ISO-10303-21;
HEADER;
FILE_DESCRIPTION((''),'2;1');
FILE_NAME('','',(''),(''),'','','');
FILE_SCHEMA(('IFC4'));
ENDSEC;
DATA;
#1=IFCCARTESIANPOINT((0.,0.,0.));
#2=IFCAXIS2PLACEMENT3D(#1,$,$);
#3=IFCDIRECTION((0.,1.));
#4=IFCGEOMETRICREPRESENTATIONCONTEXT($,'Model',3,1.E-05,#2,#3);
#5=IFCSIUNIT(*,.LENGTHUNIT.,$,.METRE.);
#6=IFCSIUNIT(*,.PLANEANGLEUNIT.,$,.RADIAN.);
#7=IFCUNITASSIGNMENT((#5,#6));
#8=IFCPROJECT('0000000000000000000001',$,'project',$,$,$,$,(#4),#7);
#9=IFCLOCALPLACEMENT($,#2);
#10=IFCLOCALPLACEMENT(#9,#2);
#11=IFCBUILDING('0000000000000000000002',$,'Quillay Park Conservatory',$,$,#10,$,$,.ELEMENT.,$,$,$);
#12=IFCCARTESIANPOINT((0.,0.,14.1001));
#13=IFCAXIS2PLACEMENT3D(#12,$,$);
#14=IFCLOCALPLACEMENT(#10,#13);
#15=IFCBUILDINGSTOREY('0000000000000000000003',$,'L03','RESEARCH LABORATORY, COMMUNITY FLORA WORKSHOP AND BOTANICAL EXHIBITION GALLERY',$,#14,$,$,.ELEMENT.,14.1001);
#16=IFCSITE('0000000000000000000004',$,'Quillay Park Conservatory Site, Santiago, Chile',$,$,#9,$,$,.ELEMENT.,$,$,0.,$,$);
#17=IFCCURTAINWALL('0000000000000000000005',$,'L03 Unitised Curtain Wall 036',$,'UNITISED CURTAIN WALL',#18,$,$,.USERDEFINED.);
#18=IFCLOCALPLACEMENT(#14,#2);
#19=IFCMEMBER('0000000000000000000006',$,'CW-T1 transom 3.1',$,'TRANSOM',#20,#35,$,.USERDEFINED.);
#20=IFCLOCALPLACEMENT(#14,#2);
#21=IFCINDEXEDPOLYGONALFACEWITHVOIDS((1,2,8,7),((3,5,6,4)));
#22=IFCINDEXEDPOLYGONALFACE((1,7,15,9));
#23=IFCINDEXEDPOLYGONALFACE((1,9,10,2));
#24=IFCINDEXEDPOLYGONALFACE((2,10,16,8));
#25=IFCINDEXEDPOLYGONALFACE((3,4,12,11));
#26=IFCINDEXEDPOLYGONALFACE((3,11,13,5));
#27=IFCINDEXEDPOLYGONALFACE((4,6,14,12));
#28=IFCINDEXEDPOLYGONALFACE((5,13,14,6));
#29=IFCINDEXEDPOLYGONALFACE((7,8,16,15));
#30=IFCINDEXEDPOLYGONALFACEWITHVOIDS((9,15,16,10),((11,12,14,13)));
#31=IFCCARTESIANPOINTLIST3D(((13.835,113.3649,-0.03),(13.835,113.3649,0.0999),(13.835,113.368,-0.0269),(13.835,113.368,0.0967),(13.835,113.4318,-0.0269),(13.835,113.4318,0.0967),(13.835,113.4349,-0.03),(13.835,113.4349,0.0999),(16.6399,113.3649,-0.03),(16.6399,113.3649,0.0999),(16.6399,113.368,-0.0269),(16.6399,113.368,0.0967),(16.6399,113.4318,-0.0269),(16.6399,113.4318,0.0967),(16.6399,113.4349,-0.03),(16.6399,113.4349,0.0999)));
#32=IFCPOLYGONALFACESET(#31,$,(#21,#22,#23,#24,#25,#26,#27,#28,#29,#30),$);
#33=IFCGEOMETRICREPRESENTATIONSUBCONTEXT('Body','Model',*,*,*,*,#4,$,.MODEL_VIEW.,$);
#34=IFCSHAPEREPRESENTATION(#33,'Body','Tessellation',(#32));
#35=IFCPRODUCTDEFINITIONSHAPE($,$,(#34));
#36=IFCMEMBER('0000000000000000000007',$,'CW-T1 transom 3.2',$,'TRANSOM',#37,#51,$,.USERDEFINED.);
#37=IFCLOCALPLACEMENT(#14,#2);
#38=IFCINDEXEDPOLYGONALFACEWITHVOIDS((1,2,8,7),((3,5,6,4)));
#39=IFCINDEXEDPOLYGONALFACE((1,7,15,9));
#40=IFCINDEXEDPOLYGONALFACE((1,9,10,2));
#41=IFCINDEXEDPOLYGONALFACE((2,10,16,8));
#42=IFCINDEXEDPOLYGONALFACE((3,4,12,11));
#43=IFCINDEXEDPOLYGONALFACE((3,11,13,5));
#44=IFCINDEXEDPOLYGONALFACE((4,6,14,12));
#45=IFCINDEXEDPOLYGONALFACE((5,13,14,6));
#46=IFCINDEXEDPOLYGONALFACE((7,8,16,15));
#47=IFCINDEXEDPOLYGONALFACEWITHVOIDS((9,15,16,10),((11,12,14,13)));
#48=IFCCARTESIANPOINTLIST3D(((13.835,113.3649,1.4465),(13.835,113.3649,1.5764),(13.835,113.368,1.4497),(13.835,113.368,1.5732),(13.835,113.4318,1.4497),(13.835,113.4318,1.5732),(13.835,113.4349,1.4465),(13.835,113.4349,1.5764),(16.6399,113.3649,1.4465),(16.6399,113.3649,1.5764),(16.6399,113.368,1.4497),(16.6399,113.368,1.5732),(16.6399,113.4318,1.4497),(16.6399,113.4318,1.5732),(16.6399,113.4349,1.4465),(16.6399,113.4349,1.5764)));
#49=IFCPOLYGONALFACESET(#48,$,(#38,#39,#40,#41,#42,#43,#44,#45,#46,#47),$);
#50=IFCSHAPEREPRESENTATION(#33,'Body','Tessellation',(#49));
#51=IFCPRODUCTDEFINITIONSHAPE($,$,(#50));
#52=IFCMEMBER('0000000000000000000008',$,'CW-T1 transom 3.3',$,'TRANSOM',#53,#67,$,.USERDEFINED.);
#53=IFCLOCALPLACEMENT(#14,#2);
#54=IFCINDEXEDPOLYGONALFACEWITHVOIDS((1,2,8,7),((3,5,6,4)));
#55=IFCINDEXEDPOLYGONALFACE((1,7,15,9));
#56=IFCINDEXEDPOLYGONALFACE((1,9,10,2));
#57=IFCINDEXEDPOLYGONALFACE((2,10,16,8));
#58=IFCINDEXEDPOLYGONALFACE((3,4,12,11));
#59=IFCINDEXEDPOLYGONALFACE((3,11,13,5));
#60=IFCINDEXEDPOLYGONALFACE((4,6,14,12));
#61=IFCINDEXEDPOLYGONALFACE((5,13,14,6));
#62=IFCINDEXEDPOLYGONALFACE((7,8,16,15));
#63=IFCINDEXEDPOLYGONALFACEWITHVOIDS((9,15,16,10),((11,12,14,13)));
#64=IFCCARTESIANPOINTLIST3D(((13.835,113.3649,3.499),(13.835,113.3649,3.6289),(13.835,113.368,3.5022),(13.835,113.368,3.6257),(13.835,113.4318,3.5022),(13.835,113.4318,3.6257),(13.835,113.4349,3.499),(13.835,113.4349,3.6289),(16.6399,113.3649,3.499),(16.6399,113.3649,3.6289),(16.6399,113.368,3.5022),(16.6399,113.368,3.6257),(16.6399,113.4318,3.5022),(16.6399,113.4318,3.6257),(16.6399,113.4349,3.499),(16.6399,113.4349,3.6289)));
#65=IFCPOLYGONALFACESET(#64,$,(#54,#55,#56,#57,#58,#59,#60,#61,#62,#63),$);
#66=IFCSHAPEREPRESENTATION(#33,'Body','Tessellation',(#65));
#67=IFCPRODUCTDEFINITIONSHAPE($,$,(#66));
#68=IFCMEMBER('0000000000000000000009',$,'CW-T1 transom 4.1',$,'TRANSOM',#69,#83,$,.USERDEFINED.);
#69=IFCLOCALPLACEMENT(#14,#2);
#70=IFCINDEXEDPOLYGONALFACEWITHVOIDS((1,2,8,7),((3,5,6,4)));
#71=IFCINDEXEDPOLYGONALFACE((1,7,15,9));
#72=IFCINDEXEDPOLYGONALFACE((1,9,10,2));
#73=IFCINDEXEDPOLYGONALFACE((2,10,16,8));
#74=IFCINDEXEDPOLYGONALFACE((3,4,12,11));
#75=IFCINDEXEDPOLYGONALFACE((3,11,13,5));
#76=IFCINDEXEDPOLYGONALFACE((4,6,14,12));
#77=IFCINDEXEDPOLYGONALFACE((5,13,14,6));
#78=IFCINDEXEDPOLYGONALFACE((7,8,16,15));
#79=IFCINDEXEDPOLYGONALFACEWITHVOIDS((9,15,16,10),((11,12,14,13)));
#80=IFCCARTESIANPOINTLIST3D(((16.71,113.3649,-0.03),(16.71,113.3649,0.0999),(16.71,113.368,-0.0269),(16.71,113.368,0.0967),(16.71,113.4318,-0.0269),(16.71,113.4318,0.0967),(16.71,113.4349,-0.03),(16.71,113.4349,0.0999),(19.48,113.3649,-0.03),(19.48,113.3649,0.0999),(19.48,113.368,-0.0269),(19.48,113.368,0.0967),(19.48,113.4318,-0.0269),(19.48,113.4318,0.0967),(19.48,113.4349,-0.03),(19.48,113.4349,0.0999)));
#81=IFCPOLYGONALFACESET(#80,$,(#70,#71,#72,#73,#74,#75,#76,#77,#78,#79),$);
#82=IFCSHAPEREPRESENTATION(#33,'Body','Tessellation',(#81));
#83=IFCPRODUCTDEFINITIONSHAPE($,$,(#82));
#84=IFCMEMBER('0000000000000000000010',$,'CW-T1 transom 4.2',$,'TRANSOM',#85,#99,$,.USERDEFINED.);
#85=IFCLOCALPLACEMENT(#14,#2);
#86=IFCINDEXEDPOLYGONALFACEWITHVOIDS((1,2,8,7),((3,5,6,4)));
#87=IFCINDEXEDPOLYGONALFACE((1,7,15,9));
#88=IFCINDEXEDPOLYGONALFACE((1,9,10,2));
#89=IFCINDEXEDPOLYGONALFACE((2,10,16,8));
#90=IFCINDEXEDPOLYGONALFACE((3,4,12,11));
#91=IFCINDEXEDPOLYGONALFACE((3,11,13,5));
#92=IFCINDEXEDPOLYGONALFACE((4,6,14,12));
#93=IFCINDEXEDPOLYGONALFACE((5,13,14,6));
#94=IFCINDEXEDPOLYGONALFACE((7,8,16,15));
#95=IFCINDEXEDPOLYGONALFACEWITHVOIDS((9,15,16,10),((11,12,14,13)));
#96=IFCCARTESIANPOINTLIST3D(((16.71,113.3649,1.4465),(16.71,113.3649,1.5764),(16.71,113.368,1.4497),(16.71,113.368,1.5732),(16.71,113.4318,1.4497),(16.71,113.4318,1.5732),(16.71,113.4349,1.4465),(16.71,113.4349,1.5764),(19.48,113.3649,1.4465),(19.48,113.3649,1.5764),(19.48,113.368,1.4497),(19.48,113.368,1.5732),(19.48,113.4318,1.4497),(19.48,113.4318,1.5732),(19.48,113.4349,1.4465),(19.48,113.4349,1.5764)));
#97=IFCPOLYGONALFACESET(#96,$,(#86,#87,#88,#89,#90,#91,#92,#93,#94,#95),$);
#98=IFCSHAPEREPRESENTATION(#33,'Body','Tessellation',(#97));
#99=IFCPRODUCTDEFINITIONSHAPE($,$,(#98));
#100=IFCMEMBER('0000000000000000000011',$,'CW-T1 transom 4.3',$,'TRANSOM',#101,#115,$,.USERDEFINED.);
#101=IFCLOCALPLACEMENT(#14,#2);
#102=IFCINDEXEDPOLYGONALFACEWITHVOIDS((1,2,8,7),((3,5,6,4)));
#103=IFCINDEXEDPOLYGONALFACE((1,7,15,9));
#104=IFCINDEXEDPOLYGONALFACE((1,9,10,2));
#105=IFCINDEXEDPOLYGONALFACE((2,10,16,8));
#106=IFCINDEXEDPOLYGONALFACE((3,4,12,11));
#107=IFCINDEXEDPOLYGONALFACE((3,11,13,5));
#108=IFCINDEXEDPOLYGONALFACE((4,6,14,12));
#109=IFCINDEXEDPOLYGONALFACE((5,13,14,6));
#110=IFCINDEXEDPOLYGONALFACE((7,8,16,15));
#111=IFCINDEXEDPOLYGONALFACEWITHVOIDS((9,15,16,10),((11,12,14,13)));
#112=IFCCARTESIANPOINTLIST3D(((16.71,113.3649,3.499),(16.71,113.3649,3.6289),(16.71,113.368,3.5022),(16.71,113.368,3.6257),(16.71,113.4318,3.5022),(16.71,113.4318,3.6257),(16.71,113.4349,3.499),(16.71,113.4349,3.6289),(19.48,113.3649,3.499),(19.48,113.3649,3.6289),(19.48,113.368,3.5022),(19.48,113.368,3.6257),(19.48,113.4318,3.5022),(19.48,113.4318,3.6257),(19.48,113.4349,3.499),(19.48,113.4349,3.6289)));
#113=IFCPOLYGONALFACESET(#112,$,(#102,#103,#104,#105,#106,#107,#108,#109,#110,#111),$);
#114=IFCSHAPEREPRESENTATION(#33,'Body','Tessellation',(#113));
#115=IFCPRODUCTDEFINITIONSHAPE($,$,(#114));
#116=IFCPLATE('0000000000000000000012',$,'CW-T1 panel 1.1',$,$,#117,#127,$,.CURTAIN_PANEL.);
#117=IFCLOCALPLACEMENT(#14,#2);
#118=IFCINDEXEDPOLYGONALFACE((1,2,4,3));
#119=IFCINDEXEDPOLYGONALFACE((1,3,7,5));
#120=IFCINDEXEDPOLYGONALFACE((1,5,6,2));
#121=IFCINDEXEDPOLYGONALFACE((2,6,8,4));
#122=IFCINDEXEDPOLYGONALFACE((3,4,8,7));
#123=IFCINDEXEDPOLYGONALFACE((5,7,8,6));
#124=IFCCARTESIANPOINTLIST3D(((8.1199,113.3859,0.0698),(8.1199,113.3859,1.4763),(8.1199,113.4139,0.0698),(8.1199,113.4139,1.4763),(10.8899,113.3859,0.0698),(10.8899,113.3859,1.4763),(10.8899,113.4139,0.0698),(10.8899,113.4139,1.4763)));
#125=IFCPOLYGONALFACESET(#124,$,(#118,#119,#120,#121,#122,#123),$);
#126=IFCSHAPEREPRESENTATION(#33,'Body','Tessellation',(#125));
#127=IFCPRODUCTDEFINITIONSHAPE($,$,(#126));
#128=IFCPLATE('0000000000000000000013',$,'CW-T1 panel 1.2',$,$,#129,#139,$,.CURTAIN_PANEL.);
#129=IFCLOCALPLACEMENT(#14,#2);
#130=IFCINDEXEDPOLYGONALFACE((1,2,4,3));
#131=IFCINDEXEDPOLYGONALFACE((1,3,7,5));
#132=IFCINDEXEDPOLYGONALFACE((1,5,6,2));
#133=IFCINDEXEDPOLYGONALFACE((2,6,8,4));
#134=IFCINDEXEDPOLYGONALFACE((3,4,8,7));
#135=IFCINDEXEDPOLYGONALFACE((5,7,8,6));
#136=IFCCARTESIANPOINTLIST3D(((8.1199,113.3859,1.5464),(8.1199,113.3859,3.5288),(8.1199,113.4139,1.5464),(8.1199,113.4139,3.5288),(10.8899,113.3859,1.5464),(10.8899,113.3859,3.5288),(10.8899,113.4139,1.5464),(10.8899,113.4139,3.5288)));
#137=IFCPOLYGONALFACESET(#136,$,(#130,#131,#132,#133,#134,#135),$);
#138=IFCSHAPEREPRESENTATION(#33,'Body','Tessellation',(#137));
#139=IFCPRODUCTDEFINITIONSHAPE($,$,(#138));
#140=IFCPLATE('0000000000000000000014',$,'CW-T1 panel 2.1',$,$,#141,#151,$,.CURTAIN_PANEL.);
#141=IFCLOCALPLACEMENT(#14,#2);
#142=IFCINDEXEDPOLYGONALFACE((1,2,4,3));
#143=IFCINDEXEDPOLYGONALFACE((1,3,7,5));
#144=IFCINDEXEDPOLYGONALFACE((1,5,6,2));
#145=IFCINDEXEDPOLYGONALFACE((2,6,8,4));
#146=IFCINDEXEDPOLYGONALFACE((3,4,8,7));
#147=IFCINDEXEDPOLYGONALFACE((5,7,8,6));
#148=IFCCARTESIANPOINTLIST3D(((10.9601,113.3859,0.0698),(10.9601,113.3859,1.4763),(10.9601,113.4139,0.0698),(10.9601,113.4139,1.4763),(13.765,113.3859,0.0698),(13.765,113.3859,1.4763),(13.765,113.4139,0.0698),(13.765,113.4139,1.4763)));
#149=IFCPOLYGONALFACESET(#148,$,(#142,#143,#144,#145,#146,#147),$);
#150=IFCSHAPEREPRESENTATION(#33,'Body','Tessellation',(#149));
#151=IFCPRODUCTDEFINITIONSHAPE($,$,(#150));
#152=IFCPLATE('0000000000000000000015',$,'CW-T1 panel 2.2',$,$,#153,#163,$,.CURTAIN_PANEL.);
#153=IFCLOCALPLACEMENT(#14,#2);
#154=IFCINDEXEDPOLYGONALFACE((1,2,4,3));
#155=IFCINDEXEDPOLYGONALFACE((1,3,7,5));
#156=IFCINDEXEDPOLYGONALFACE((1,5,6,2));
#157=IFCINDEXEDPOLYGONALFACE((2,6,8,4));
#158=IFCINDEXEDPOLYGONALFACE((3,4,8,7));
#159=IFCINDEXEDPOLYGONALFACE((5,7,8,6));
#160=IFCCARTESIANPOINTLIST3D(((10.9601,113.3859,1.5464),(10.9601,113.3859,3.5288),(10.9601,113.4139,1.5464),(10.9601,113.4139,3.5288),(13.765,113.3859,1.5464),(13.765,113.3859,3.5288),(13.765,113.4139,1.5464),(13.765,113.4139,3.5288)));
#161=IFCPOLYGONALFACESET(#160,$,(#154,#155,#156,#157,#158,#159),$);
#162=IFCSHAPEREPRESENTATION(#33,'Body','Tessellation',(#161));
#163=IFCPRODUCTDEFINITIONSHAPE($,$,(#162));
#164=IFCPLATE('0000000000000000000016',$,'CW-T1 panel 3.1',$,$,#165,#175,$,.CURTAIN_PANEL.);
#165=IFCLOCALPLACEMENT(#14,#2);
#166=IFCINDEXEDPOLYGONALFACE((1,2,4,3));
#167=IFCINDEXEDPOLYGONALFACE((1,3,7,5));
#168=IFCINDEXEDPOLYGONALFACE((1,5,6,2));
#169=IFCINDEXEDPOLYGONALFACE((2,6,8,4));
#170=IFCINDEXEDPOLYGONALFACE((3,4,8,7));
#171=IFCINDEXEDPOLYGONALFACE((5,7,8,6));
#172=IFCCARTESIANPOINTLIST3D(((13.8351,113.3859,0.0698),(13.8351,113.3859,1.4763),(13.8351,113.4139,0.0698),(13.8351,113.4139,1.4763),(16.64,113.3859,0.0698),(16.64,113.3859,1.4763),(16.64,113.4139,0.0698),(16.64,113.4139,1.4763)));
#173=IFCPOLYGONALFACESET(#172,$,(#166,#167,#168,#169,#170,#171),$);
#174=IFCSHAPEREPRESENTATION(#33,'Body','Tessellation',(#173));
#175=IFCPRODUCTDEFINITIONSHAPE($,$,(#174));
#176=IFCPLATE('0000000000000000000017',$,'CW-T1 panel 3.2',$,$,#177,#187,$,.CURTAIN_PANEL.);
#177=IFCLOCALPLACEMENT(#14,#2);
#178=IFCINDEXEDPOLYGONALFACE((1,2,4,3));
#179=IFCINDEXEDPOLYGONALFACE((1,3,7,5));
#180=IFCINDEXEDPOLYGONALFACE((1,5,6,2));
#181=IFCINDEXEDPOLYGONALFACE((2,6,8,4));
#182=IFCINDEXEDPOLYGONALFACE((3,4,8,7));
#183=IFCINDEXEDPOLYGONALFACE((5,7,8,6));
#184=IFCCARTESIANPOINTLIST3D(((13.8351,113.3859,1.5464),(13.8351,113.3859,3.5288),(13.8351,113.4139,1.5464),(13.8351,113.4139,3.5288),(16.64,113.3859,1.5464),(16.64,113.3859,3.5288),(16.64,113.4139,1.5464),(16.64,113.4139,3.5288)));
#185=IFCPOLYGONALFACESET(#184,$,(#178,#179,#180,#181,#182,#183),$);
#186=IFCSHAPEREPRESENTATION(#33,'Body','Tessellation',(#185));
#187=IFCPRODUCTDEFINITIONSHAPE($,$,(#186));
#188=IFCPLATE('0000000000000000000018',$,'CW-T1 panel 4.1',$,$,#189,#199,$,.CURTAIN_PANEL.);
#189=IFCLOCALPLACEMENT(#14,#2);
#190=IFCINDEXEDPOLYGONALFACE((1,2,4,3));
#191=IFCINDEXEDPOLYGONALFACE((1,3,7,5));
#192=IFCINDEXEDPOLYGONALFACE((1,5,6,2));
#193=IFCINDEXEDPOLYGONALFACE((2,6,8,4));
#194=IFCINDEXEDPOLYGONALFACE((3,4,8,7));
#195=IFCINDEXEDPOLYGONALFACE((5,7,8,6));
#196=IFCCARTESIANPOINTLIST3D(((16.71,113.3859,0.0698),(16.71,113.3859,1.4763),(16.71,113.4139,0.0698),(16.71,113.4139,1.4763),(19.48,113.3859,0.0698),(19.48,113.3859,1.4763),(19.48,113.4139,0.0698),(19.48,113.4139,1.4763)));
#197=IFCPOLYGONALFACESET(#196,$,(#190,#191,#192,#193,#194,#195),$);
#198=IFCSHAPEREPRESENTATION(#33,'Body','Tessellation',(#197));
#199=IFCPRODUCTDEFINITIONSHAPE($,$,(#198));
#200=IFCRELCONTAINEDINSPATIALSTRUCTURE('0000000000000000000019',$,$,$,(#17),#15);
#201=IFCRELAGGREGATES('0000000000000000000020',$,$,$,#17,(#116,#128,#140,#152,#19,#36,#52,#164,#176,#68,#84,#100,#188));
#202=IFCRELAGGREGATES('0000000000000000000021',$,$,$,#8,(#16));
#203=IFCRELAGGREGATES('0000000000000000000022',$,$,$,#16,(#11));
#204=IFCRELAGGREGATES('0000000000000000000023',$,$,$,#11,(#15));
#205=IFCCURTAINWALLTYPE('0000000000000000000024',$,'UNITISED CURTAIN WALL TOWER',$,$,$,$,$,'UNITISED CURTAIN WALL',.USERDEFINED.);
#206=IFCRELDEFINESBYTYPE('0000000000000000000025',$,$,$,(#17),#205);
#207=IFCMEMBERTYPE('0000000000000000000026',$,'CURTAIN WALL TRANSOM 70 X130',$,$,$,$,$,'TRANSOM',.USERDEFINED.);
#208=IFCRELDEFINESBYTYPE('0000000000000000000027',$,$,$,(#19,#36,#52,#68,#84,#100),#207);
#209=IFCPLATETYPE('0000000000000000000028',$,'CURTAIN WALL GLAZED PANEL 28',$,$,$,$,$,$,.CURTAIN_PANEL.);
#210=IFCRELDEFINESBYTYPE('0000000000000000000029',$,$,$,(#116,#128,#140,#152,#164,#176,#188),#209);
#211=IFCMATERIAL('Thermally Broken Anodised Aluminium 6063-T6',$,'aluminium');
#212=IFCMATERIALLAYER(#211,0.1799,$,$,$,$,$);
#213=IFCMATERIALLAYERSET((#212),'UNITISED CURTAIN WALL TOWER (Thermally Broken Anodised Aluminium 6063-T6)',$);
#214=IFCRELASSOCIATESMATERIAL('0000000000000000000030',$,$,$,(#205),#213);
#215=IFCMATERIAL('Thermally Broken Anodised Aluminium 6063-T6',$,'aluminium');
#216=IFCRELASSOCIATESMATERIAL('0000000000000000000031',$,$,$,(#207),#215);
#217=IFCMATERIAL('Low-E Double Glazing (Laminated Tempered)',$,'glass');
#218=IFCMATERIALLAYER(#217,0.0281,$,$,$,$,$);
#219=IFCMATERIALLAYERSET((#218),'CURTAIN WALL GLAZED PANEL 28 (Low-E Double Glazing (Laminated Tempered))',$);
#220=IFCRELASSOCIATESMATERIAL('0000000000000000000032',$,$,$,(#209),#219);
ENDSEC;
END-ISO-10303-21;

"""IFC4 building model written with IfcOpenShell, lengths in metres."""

from ifc_helpers import new_model, si_unit, direction, frame, origin, origin_2d, place, context, subcontext, project, spatial, rectangle, hollow_rectangle, extrude, material, layer, layer_set, material_profile, profile_set, type_object, element, aggregate, save


model = new_model("IFC4")

# Units and contexts
model_context = context("Model", 3, precision=1e-05, world=origin(), true_north=direction((0.0, 1.0)))
body_context = subcontext(model_context, "Body", "Model", "MODEL_VIEW")
ifc_project = project(units=[si_unit("LENGTHUNIT", "METRE"), si_unit("PLANEANGLEUNIT", "RADIAN")], contexts=[model_context])

# Site, building, storey
site_placement = place(None, origin())
site = spatial("IfcSite", under=ifc_project, at=site_placement, Name="Quillay Park Conservatory Site, Santiago, Chile", CompositionType="ELEMENT", RefElevation=0.0)
building_placement = place(site_placement, origin())
building = spatial("IfcBuilding", under=site, at=building_placement, Name="Quillay Park Conservatory", CompositionType="ELEMENT")
storey_placement = place(building_placement, frame((0.0, 0.0, 14.1001)))
storey = spatial("IfcBuildingStorey", under=building, at=storey_placement, Name="L03", Description="RESEARCH LABORATORY, COMMUNITY FLORA WORKSHOP AND BOTANICAL EXHIBITION GALLERY", CompositionType="ELEMENT", Elevation=14.1001)

# Curtain wall, members, plates
ifc_material_1 = material(Name="Thermally Broken Anodised Aluminium 6063-T6", Category="aluminium")
ifc_layer_1 = layer(ifc_material_1, 0.1799)
ifc_layer_set_1 = layer_set([ifc_layer_1], Name="UNITISED CURTAIN WALL TOWER (Thermally Broken Anodised Aluminium 6063-T6)")
curtain_wall_type = type_object("IfcCurtainWallType", Name="UNITISED CURTAIN WALL TOWER", ElementType="UNITISED CURTAIN WALL", PredefinedType="USERDEFINED", material=ifc_layer_set_1)
curtain_wall_placement = place(storey_placement, origin())
curtain_wall = element("IfcCurtainWall", 1, at=curtain_wall_placement, inside=storey, type_object=curtain_wall_type, Name="L03 Unitised Curtain Wall 036", ObjectType="UNITISED CURTAIN WALL", PredefinedType="USERDEFINED")
ifc_material_2 = material(Name="Thermally Broken Anodised Aluminium 6063-T6", Category="aluminium")
ifc_material_profile_1 = material_profile(ifc_material_2, hollow_rectangle(XDim=0.0701, YDim=0.1299, WallThickness=0.0032, at=origin_2d()), Name="AL70x130x3.2")
ifc_profile_set_1 = profile_set([ifc_material_profile_1], Name="Thermally Broken Anodised Aluminium 6063-T6")
member_type_1 = type_object("IfcMemberType", Name="CURTAIN WALL TRANSOM 70 X130", ElementType="TRANSOM", PredefinedType="USERDEFINED", material=ifc_profile_set_1)
member_1_placement = place(storey_placement, frame((13.835, 113.3999, 0.0349), z_axis=(1.0, 0.0, 0.0), x_axis=(0.0, 1.0, 0.0)))
member_1 = element("IfcMember", 2, at=member_1_placement, type_object=member_type_1, Name="CW-T1 transom 3.1", ObjectType="TRANSOM", PredefinedType="USERDEFINED", context=body_context, shape_type="SweptSolid", body=[
    extrude(hollow_rectangle(XDim=0.0701, YDim=0.1299, WallThickness=0.0032, at=origin_2d()), origin(), (0.0, 0.0, 1.0), 2.8049),
])
member_2_placement = place(storey_placement, frame((13.835, 113.3999, 1.5115), z_axis=(1.0, 0.0, 0.0), x_axis=(0.0, 1.0, 0.0)))
member_2 = element("IfcMember", 3, at=member_2_placement, type_object=member_type_1, Name="CW-T1 transom 3.2", ObjectType="TRANSOM", PredefinedType="USERDEFINED", context=body_context, shape_type="SweptSolid", body=[
    extrude(hollow_rectangle(XDim=0.0701, YDim=0.1299, WallThickness=0.0032, at=origin_2d()), origin(), (0.0, 0.0, 1.0), 2.8049),
])
member_3_placement = place(storey_placement, frame((13.835, 113.3999, 3.564), z_axis=(1.0, 0.0, 0.0), x_axis=(0.0, 1.0, 0.0)))
member_3 = element("IfcMember", 4, at=member_3_placement, type_object=member_type_1, Name="CW-T1 transom 3.3", ObjectType="TRANSOM", PredefinedType="USERDEFINED", context=body_context, shape_type="SweptSolid", body=[
    extrude(hollow_rectangle(XDim=0.0701, YDim=0.1299, WallThickness=0.0032, at=origin_2d()), origin(), (0.0, 0.0, 1.0), 2.8049),
])
member_4_placement = place(storey_placement, frame((16.71, 113.3999, 0.0349), z_axis=(1.0, 0.0, 0.0), x_axis=(0.0, 1.0, 0.0)))
member_4 = element("IfcMember", 5, at=member_4_placement, type_object=member_type_1, Name="CW-T1 transom 4.1", ObjectType="TRANSOM", PredefinedType="USERDEFINED", context=body_context, shape_type="SweptSolid", body=[
    extrude(hollow_rectangle(XDim=0.0701, YDim=0.1299, WallThickness=0.0032, at=origin_2d()), origin(), (0.0, 0.0, 1.0), 2.77),
])
member_5_placement = place(storey_placement, frame((16.71, 113.3999, 1.5115), z_axis=(1.0, 0.0, 0.0), x_axis=(0.0, 1.0, 0.0)))
member_5 = element("IfcMember", 6, at=member_5_placement, type_object=member_type_1, Name="CW-T1 transom 4.2", ObjectType="TRANSOM", PredefinedType="USERDEFINED", context=body_context, shape_type="SweptSolid", body=[
    extrude(hollow_rectangle(XDim=0.0701, YDim=0.1299, WallThickness=0.0032, at=origin_2d()), origin(), (0.0, 0.0, 1.0), 2.77),
])
member_6_placement = place(storey_placement, frame((16.71, 113.3999, 3.564), z_axis=(1.0, 0.0, 0.0), x_axis=(0.0, 1.0, 0.0)))
member_6 = element("IfcMember", 7, at=member_6_placement, type_object=member_type_1, Name="CW-T1 transom 4.3", ObjectType="TRANSOM", PredefinedType="USERDEFINED", context=body_context, shape_type="SweptSolid", body=[
    extrude(hollow_rectangle(XDim=0.0701, YDim=0.1299, WallThickness=0.0032, at=origin_2d()), origin(), (0.0, 0.0, 1.0), 2.77),
])
ifc_material_3 = material(Name="Low-E Double Glazing (Laminated Tempered)", Category="glass")
ifc_layer_2 = layer(ifc_material_3, 0.0281)
ifc_layer_set_2 = layer_set([ifc_layer_2], Name="CURTAIN WALL GLAZED PANEL 28 (Low-E Double Glazing (Laminated Tempered))")
plate_type = type_object("IfcPlateType", Name="CURTAIN WALL GLAZED PANEL 28", PredefinedType="CURTAIN_PANEL", material=ifc_layer_set_2)
plate_1_placement = place(storey_placement, frame((9.5049, 113.3999, 0.0698), z_axis=(0.0, 0.0, 1.0), x_axis=(1.0, 0.0, 0.0)))
plate_1 = element("IfcPlate", 8, at=plate_1_placement, type_object=plate_type, Name="CW-T1 panel 1.1", PredefinedType="CURTAIN_PANEL", context=body_context, shape_type="SweptSolid", body=[
    extrude(rectangle(XDim=2.77, YDim=0.0281, at=origin_2d()), origin(), (0.0, 0.0, 1.0), 1.4065),
])
plate_2_placement = place(storey_placement, frame((9.5049, 113.3999, 1.5464), z_axis=(0.0, 0.0, 1.0), x_axis=(1.0, 0.0, 0.0)))
plate_2 = element("IfcPlate", 9, at=plate_2_placement, type_object=plate_type, Name="CW-T1 panel 1.2", PredefinedType="CURTAIN_PANEL", context=body_context, shape_type="SweptSolid", body=[
    extrude(rectangle(XDim=2.77, YDim=0.0281, at=origin_2d()), origin(), (0.0, 0.0, 1.0), 1.9824),
])
plate_3_placement = place(storey_placement, frame((12.3625, 113.3999, 0.0698), z_axis=(0.0, 0.0, 1.0), x_axis=(1.0, 0.0, 0.0)))
plate_3 = element("IfcPlate", 10, at=plate_3_placement, type_object=plate_type, Name="CW-T1 panel 2.1", PredefinedType="CURTAIN_PANEL", context=body_context, shape_type="SweptSolid", body=[
    extrude(rectangle(XDim=2.8049, YDim=0.0281, at=origin_2d()), origin(), (0.0, 0.0, 1.0), 1.4065),
])
plate_4_placement = place(storey_placement, frame((12.3625, 113.3999, 1.5464), z_axis=(0.0, 0.0, 1.0), x_axis=(1.0, 0.0, 0.0)))
plate_4 = element("IfcPlate", 11, at=plate_4_placement, type_object=plate_type, Name="CW-T1 panel 2.2", PredefinedType="CURTAIN_PANEL", context=body_context, shape_type="SweptSolid", body=[
    extrude(rectangle(XDim=2.8049, YDim=0.0281, at=origin_2d()), origin(), (0.0, 0.0, 1.0), 1.9824),
])
plate_5_placement = place(storey_placement, frame((15.2375, 113.3999, 0.0698), z_axis=(0.0, 0.0, 1.0), x_axis=(1.0, 0.0, 0.0)))
plate_5 = element("IfcPlate", 12, at=plate_5_placement, type_object=plate_type, Name="CW-T1 panel 3.1", PredefinedType="CURTAIN_PANEL", context=body_context, shape_type="SweptSolid", body=[
    extrude(rectangle(XDim=2.8049, YDim=0.0281, at=origin_2d()), origin(), (0.0, 0.0, 1.0), 1.4065),
])
plate_6_placement = place(storey_placement, frame((15.2375, 113.3999, 1.5464), z_axis=(0.0, 0.0, 1.0), x_axis=(1.0, 0.0, 0.0)))
plate_6 = element("IfcPlate", 13, at=plate_6_placement, type_object=plate_type, Name="CW-T1 panel 3.2", PredefinedType="CURTAIN_PANEL", context=body_context, shape_type="SweptSolid", body=[
    extrude(rectangle(XDim=2.8049, YDim=0.0281, at=origin_2d()), origin(), (0.0, 0.0, 1.0), 1.9824),
])
plate_7_placement = place(storey_placement, frame((18.095, 113.3999, 0.0698), z_axis=(0.0, 0.0, 1.0), x_axis=(1.0, 0.0, 0.0)))
plate_7 = element("IfcPlate", 14, at=plate_7_placement, type_object=plate_type, Name="CW-T1 panel 4.1", PredefinedType="CURTAIN_PANEL", context=body_context, shape_type="SweptSolid", body=[
    extrude(rectangle(XDim=2.77, YDim=0.0281, at=origin_2d()), origin(), (0.0, 0.0, 1.0), 1.4065),
])
aggregate(curtain_wall, [plate_1, plate_2, plate_3, plate_4, member_1, member_2, member_3, plate_5, plate_6, member_4, member_5, member_6, plate_7])

save(model, "model.ifc")
